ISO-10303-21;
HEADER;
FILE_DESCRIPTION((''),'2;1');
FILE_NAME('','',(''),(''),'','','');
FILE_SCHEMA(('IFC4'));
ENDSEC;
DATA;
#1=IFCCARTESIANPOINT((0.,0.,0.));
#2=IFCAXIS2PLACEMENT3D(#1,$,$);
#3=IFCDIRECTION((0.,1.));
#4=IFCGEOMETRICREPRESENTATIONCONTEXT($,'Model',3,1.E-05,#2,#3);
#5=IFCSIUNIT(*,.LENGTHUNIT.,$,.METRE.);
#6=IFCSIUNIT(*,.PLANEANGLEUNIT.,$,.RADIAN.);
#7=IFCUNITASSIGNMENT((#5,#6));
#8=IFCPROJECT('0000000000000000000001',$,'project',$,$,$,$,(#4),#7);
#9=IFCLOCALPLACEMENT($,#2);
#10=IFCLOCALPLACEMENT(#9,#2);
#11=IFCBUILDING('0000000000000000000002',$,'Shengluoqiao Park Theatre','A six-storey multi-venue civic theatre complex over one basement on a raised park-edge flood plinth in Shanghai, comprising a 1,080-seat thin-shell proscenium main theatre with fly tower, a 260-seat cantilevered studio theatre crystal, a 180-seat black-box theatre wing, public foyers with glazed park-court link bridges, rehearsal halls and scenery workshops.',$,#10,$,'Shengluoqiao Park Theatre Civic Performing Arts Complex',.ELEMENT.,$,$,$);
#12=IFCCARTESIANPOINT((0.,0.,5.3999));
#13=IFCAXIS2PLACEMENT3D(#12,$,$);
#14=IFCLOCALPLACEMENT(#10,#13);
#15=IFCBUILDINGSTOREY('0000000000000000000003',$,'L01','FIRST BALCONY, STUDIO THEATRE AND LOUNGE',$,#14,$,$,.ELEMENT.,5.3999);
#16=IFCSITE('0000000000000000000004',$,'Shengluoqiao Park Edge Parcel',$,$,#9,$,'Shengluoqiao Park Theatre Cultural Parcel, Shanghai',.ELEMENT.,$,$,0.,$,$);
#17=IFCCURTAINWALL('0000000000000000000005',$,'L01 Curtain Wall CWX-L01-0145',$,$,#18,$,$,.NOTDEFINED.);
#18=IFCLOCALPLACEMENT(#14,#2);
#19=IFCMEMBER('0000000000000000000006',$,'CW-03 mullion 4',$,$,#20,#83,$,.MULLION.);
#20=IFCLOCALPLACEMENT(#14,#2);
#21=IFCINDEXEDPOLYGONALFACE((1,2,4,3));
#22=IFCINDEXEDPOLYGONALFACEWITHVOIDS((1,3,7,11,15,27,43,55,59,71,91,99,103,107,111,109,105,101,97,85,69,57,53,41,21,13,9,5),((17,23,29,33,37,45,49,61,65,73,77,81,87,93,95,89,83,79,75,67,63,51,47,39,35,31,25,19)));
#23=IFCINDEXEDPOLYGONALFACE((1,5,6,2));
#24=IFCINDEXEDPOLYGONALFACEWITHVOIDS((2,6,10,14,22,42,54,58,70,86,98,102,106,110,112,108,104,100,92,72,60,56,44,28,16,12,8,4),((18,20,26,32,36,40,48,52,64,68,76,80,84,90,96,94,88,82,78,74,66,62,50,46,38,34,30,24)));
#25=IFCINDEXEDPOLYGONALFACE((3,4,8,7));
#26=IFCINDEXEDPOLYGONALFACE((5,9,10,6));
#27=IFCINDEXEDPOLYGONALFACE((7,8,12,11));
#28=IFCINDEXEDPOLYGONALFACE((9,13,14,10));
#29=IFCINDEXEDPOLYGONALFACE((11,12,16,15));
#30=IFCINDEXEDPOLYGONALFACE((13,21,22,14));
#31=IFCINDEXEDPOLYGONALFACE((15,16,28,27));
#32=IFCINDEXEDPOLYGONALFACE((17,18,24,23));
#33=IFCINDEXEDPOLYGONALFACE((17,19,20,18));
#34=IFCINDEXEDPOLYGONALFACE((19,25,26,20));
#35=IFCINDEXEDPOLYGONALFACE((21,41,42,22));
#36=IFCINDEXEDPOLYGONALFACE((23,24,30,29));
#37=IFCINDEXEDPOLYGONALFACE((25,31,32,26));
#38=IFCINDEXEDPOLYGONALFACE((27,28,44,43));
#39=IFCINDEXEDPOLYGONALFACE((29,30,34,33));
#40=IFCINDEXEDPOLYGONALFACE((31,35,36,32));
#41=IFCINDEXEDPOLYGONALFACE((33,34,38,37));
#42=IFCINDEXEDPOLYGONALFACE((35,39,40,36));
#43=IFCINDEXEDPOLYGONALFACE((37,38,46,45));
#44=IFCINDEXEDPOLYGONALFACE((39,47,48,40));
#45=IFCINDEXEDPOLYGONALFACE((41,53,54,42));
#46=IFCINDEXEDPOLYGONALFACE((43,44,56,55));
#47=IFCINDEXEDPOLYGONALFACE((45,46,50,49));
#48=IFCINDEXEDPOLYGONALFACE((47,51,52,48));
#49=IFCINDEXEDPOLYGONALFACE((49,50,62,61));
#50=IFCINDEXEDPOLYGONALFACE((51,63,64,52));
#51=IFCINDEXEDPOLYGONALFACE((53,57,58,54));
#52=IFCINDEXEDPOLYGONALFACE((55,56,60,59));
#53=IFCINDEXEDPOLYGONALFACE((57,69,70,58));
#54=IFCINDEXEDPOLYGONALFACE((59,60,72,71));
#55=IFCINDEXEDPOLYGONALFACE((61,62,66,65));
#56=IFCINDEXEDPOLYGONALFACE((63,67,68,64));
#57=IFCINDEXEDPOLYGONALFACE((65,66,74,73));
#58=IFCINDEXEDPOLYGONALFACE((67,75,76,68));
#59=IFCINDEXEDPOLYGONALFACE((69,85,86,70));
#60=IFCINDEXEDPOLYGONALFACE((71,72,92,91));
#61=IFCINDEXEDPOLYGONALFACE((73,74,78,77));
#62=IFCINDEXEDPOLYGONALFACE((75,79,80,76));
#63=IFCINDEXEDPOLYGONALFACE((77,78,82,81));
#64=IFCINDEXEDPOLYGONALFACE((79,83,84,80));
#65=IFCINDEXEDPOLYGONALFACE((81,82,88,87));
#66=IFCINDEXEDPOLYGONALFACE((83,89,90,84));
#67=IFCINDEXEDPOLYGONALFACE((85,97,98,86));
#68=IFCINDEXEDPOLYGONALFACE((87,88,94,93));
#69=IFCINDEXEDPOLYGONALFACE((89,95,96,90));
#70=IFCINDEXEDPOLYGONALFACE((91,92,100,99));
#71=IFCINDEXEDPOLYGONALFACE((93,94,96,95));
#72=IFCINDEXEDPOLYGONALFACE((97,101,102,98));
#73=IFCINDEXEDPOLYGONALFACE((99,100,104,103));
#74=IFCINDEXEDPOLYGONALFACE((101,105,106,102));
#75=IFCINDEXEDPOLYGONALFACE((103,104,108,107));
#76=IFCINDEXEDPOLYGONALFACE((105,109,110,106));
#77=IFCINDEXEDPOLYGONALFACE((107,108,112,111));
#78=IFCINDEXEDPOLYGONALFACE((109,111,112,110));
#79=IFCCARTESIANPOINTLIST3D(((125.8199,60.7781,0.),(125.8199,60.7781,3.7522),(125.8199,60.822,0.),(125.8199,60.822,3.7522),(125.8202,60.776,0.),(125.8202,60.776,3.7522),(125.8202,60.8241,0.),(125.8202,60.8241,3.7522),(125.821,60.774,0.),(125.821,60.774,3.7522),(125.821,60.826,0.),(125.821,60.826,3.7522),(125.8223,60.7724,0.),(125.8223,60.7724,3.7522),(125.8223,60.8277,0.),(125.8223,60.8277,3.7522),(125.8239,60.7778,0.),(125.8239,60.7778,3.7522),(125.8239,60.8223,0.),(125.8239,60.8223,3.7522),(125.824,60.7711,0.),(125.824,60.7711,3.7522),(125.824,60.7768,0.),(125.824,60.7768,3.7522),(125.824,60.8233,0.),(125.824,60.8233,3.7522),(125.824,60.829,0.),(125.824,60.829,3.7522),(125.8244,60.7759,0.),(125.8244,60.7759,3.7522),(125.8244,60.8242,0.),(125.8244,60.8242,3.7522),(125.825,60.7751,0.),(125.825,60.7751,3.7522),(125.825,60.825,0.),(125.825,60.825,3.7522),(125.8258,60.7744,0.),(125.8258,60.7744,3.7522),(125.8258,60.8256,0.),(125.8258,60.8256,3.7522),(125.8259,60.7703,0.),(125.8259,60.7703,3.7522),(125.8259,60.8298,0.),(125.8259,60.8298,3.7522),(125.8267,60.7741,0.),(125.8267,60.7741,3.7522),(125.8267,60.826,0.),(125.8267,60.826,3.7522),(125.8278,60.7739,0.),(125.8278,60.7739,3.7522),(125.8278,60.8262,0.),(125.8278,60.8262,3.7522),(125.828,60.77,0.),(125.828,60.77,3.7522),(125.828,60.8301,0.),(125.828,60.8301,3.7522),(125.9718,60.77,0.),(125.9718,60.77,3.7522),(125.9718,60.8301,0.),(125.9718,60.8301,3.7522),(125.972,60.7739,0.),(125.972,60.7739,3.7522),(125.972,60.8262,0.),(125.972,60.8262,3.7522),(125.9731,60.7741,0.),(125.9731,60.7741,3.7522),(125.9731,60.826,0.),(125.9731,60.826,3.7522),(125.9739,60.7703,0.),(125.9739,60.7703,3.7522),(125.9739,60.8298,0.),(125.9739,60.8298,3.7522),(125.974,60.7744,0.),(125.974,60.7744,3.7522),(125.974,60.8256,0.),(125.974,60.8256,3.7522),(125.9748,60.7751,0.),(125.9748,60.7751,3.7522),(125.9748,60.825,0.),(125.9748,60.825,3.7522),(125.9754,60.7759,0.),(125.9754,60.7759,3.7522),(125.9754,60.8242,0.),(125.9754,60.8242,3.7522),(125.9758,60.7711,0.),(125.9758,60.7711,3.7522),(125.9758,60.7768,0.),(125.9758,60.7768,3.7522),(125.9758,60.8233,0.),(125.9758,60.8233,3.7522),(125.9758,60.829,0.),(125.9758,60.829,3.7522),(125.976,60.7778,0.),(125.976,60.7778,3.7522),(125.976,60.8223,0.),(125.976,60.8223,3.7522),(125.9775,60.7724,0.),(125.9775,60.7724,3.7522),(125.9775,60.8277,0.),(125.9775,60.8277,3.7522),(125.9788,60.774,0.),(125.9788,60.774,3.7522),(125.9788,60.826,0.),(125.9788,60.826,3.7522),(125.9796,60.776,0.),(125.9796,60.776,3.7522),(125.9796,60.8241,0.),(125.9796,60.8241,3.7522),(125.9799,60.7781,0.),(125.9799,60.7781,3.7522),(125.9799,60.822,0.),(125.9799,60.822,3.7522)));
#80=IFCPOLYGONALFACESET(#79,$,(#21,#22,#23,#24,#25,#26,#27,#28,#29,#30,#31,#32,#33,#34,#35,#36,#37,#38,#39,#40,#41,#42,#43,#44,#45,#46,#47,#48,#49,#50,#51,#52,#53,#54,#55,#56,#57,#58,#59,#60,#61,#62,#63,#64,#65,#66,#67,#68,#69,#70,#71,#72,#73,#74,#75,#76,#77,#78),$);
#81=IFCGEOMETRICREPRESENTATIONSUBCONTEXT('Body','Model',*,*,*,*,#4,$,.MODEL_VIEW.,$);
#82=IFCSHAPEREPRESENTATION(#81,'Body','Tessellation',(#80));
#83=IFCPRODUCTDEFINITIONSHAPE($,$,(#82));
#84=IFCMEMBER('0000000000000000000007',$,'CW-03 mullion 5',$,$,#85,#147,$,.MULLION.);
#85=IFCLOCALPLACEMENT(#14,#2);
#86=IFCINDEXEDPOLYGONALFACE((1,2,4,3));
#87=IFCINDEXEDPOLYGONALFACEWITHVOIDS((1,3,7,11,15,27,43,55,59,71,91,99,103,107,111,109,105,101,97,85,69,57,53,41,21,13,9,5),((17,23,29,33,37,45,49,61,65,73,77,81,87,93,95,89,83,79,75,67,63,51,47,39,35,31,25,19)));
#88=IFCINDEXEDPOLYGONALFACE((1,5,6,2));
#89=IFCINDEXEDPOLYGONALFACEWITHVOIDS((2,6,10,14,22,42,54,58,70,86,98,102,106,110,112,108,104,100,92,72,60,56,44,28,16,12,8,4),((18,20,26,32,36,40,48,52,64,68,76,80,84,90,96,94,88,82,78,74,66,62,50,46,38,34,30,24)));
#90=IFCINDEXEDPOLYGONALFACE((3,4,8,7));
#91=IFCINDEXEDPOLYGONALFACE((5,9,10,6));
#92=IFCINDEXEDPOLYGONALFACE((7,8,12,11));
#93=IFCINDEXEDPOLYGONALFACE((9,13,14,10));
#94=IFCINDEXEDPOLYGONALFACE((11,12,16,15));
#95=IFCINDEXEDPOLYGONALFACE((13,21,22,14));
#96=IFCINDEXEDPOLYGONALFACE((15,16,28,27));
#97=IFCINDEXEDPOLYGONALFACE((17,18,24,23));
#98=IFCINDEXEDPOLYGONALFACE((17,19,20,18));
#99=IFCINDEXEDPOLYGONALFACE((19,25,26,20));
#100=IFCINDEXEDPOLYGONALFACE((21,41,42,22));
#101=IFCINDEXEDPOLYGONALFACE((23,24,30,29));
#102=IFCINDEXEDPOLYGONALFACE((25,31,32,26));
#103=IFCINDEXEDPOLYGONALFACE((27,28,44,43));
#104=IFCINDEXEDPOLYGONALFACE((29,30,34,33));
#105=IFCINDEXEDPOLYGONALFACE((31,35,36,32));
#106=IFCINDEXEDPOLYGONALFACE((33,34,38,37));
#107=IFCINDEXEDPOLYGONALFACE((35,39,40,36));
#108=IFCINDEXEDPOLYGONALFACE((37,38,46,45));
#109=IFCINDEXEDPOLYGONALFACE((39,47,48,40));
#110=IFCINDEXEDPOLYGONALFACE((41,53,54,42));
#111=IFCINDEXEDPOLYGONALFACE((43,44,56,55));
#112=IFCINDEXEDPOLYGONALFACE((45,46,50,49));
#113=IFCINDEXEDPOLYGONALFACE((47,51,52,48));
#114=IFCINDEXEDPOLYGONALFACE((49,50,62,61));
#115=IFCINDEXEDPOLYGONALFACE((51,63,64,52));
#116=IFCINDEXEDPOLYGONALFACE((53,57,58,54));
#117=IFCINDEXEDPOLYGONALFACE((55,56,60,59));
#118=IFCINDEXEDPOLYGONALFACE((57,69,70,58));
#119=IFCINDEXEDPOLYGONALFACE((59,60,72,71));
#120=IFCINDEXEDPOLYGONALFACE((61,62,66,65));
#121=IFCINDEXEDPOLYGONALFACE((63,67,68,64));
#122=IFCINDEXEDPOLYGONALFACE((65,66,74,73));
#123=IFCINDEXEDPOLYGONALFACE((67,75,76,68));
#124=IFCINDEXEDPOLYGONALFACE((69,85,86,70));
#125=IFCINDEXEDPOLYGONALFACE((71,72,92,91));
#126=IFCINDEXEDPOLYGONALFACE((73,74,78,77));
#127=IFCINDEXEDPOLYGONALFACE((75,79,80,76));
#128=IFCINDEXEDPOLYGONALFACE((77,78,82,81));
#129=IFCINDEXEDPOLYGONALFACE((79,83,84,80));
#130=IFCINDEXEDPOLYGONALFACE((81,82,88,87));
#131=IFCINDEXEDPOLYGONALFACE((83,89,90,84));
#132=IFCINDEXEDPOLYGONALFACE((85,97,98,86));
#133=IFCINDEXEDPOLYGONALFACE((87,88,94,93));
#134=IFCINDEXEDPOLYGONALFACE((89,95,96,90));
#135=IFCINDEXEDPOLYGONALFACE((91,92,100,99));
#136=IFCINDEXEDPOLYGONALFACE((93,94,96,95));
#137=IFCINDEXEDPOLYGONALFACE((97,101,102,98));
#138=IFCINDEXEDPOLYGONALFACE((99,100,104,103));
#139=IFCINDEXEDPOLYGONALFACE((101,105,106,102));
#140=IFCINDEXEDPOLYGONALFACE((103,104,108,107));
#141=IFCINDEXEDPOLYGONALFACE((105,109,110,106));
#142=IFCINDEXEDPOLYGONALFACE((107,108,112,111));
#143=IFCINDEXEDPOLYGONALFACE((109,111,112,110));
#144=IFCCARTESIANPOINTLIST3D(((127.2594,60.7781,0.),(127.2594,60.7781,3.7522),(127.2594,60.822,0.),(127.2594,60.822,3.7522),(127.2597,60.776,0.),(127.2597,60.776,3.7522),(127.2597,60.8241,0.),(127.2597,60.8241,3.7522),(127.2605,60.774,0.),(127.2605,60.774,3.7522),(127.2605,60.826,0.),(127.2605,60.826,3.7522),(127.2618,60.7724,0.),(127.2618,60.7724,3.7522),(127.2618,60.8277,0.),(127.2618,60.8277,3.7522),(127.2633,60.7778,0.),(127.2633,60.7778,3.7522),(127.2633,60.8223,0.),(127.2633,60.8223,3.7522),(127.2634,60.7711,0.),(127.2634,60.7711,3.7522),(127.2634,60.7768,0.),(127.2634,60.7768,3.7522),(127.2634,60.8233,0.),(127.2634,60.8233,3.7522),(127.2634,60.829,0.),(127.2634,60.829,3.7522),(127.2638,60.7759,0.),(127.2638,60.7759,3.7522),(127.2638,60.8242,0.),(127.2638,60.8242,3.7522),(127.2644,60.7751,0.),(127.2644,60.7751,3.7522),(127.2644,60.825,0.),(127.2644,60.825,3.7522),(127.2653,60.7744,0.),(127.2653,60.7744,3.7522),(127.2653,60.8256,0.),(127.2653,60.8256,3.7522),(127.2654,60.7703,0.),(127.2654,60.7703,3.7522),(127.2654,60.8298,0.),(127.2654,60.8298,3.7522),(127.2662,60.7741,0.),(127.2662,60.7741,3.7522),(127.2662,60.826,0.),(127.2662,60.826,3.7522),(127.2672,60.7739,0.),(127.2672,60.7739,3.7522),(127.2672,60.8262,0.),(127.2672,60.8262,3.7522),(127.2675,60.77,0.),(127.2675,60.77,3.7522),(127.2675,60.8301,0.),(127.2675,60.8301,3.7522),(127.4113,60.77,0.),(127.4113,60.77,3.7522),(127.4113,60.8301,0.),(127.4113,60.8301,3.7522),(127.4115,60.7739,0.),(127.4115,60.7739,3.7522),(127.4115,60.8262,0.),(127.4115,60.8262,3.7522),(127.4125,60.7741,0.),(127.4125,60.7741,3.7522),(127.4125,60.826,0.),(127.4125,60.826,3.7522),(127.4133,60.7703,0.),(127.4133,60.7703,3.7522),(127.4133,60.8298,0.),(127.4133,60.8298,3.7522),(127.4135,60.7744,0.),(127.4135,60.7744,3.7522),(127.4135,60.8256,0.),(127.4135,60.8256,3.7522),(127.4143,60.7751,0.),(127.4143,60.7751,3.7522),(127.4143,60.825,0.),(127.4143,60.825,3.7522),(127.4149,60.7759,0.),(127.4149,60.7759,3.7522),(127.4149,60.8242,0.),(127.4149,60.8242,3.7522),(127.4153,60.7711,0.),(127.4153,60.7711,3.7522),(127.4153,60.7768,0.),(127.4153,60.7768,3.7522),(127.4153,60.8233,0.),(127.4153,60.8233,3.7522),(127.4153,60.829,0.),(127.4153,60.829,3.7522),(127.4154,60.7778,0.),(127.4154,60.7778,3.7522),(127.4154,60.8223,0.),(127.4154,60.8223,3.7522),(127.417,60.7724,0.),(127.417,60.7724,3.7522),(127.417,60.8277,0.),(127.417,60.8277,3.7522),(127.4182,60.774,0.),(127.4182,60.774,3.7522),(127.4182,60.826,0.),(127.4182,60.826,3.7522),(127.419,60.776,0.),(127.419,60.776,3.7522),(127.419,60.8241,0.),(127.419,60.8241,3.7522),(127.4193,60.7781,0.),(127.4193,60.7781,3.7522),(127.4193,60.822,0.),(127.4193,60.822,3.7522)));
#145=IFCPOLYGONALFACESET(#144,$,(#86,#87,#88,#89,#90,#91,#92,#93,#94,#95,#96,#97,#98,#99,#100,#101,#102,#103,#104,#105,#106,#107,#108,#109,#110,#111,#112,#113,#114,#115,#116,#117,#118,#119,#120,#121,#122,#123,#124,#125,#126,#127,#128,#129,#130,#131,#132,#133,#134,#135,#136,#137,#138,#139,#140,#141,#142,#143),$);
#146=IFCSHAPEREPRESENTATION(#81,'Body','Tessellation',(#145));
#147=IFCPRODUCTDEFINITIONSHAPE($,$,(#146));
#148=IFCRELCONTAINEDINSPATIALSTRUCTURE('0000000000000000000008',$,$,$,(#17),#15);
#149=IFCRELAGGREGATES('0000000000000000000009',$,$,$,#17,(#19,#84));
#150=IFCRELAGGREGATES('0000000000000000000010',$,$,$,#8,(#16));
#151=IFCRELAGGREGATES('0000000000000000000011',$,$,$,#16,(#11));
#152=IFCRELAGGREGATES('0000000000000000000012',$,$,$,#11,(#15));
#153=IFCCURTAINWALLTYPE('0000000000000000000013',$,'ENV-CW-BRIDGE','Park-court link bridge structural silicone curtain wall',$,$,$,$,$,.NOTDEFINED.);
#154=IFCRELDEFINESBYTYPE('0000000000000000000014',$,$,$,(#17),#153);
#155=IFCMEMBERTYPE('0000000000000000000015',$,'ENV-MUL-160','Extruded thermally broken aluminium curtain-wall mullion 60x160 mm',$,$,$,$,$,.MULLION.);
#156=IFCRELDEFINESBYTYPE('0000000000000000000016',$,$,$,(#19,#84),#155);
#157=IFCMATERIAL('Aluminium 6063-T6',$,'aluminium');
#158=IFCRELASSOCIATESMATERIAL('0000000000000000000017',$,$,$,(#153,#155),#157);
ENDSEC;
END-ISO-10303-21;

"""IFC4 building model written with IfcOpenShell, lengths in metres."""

from ifc_helpers import new_model, si_unit, direction, frame, origin, origin_2d, place, context, subcontext, project, spatial, hollow_rectangle, extrude, material, material_profile, profile_set, type_object, element, aggregate, save


model = new_model("IFC4")

# Units and contexts
model_context = context("Model", 3, precision=1e-05, world=origin(), true_north=direction((0.0, 1.0)))
body_context = subcontext(model_context, "Body", "Model", "MODEL_VIEW")
ifc_project = project(units=[si_unit("LENGTHUNIT", "METRE"), si_unit("PLANEANGLEUNIT", "RADIAN")], contexts=[model_context])

# Site, building, storey
site_placement = place(None, origin())
site = spatial("IfcSite", under=ifc_project, at=site_placement, Name="Shengluoqiao Park Edge Parcel", LongName="Shengluoqiao Park Theatre Cultural Parcel, Shanghai", CompositionType="ELEMENT", RefElevation=0.0)
building_placement = place(site_placement, origin())
building = spatial("IfcBuilding", under=site, at=building_placement, Name="Shengluoqiao Park Theatre", Description="A six-storey multi-venue civic theatre complex over one basement on a raised park-edge flood plinth in Shanghai, comprising a 1,080-seat thin-shell proscenium main theatre with fly tower, a 260-seat cantilevered studio theatre crystal, a 180-seat black-box theatre wing, public foyers with glazed park-court link bridges, rehearsal halls and scenery workshops.", LongName="Shengluoqiao Park Theatre Civic Performing Arts Complex", CompositionType="ELEMENT")
storey_placement = place(building_placement, frame((0.0, 0.0, 5.3999)))
storey = spatial("IfcBuildingStorey", under=building, at=storey_placement, Name="L01", Description="FIRST BALCONY, STUDIO THEATRE AND LOUNGE", CompositionType="ELEMENT", Elevation=5.3999)

# Curtain wall, members
ifc_material_1 = material(Name="Aluminium 6063-T6", Category="aluminium")
curtain_wall_type = type_object("IfcCurtainWallType", Name="ENV-CW-BRIDGE", Description="Park-court link bridge structural silicone curtain wall", PredefinedType="NOTDEFINED", material=ifc_material_1)
curtain_wall_placement = place(storey_placement, origin())
curtain_wall = element("IfcCurtainWall", 1, at=curtain_wall_placement, inside=storey, type_object=curtain_wall_type, Name="L01 Curtain Wall CWX-L01-0145", PredefinedType="NOTDEFINED")
ifc_material_profile_1 = material_profile(ifc_material_1, hollow_rectangle(XDim=0.0601, YDim=0.1599, WallThickness=0.0039, InnerFilletRadius=0.0039, OuterFilletRadius=0.0081, at=origin_2d()), Name="ALU MULLION 160x60x4")
ifc_profile_set_1 = profile_set([ifc_material_profile_1], Name="Aluminium 6063-T6")
member_type_1 = type_object("IfcMemberType", Name="ENV-MUL-160", Description="Extruded thermally broken aluminium curtain-wall mullion 60x160 mm", PredefinedType="MULLION", material=ifc_profile_set_1)
member_1_placement = place(storey_placement, frame((125.8999, 60.8, 0.0), z_axis=(0.0, 0.0, 1.0), x_axis=(0.0, 1.0, 0.0)))
member_1 = element("IfcMember", 2, at=member_1_placement, type_object=member_type_1, Name="CW-03 mullion 4", PredefinedType="MULLION", context=body_context, shape_type="SweptSolid", body=[
    extrude(hollow_rectangle(XDim=0.0601, YDim=0.1599, WallThickness=0.0039, InnerFilletRadius=0.0039, OuterFilletRadius=0.0081, at=origin_2d()), origin(), (0.0, 0.0, 1.0), 3.7522),
])
member_2_placement = place(storey_placement, frame((127.3394, 60.8, 0.0), z_axis=(0.0, 0.0, 1.0), x_axis=(0.0, 1.0, 0.0)))
member_2 = element("IfcMember", 3, at=member_2_placement, type_object=member_type_1, Name="CW-03 mullion 5", PredefinedType="MULLION", context=body_context, shape_type="SweptSolid", body=[
    extrude(hollow_rectangle(XDim=0.0601, YDim=0.1599, WallThickness=0.0039, InnerFilletRadius=0.0039, OuterFilletRadius=0.0081, at=origin_2d()), origin(), (0.0, 0.0, 1.0), 3.7522),
])

aggregate(curtain_wall, [member_1, member_2])

save(model, "model.ifc")
